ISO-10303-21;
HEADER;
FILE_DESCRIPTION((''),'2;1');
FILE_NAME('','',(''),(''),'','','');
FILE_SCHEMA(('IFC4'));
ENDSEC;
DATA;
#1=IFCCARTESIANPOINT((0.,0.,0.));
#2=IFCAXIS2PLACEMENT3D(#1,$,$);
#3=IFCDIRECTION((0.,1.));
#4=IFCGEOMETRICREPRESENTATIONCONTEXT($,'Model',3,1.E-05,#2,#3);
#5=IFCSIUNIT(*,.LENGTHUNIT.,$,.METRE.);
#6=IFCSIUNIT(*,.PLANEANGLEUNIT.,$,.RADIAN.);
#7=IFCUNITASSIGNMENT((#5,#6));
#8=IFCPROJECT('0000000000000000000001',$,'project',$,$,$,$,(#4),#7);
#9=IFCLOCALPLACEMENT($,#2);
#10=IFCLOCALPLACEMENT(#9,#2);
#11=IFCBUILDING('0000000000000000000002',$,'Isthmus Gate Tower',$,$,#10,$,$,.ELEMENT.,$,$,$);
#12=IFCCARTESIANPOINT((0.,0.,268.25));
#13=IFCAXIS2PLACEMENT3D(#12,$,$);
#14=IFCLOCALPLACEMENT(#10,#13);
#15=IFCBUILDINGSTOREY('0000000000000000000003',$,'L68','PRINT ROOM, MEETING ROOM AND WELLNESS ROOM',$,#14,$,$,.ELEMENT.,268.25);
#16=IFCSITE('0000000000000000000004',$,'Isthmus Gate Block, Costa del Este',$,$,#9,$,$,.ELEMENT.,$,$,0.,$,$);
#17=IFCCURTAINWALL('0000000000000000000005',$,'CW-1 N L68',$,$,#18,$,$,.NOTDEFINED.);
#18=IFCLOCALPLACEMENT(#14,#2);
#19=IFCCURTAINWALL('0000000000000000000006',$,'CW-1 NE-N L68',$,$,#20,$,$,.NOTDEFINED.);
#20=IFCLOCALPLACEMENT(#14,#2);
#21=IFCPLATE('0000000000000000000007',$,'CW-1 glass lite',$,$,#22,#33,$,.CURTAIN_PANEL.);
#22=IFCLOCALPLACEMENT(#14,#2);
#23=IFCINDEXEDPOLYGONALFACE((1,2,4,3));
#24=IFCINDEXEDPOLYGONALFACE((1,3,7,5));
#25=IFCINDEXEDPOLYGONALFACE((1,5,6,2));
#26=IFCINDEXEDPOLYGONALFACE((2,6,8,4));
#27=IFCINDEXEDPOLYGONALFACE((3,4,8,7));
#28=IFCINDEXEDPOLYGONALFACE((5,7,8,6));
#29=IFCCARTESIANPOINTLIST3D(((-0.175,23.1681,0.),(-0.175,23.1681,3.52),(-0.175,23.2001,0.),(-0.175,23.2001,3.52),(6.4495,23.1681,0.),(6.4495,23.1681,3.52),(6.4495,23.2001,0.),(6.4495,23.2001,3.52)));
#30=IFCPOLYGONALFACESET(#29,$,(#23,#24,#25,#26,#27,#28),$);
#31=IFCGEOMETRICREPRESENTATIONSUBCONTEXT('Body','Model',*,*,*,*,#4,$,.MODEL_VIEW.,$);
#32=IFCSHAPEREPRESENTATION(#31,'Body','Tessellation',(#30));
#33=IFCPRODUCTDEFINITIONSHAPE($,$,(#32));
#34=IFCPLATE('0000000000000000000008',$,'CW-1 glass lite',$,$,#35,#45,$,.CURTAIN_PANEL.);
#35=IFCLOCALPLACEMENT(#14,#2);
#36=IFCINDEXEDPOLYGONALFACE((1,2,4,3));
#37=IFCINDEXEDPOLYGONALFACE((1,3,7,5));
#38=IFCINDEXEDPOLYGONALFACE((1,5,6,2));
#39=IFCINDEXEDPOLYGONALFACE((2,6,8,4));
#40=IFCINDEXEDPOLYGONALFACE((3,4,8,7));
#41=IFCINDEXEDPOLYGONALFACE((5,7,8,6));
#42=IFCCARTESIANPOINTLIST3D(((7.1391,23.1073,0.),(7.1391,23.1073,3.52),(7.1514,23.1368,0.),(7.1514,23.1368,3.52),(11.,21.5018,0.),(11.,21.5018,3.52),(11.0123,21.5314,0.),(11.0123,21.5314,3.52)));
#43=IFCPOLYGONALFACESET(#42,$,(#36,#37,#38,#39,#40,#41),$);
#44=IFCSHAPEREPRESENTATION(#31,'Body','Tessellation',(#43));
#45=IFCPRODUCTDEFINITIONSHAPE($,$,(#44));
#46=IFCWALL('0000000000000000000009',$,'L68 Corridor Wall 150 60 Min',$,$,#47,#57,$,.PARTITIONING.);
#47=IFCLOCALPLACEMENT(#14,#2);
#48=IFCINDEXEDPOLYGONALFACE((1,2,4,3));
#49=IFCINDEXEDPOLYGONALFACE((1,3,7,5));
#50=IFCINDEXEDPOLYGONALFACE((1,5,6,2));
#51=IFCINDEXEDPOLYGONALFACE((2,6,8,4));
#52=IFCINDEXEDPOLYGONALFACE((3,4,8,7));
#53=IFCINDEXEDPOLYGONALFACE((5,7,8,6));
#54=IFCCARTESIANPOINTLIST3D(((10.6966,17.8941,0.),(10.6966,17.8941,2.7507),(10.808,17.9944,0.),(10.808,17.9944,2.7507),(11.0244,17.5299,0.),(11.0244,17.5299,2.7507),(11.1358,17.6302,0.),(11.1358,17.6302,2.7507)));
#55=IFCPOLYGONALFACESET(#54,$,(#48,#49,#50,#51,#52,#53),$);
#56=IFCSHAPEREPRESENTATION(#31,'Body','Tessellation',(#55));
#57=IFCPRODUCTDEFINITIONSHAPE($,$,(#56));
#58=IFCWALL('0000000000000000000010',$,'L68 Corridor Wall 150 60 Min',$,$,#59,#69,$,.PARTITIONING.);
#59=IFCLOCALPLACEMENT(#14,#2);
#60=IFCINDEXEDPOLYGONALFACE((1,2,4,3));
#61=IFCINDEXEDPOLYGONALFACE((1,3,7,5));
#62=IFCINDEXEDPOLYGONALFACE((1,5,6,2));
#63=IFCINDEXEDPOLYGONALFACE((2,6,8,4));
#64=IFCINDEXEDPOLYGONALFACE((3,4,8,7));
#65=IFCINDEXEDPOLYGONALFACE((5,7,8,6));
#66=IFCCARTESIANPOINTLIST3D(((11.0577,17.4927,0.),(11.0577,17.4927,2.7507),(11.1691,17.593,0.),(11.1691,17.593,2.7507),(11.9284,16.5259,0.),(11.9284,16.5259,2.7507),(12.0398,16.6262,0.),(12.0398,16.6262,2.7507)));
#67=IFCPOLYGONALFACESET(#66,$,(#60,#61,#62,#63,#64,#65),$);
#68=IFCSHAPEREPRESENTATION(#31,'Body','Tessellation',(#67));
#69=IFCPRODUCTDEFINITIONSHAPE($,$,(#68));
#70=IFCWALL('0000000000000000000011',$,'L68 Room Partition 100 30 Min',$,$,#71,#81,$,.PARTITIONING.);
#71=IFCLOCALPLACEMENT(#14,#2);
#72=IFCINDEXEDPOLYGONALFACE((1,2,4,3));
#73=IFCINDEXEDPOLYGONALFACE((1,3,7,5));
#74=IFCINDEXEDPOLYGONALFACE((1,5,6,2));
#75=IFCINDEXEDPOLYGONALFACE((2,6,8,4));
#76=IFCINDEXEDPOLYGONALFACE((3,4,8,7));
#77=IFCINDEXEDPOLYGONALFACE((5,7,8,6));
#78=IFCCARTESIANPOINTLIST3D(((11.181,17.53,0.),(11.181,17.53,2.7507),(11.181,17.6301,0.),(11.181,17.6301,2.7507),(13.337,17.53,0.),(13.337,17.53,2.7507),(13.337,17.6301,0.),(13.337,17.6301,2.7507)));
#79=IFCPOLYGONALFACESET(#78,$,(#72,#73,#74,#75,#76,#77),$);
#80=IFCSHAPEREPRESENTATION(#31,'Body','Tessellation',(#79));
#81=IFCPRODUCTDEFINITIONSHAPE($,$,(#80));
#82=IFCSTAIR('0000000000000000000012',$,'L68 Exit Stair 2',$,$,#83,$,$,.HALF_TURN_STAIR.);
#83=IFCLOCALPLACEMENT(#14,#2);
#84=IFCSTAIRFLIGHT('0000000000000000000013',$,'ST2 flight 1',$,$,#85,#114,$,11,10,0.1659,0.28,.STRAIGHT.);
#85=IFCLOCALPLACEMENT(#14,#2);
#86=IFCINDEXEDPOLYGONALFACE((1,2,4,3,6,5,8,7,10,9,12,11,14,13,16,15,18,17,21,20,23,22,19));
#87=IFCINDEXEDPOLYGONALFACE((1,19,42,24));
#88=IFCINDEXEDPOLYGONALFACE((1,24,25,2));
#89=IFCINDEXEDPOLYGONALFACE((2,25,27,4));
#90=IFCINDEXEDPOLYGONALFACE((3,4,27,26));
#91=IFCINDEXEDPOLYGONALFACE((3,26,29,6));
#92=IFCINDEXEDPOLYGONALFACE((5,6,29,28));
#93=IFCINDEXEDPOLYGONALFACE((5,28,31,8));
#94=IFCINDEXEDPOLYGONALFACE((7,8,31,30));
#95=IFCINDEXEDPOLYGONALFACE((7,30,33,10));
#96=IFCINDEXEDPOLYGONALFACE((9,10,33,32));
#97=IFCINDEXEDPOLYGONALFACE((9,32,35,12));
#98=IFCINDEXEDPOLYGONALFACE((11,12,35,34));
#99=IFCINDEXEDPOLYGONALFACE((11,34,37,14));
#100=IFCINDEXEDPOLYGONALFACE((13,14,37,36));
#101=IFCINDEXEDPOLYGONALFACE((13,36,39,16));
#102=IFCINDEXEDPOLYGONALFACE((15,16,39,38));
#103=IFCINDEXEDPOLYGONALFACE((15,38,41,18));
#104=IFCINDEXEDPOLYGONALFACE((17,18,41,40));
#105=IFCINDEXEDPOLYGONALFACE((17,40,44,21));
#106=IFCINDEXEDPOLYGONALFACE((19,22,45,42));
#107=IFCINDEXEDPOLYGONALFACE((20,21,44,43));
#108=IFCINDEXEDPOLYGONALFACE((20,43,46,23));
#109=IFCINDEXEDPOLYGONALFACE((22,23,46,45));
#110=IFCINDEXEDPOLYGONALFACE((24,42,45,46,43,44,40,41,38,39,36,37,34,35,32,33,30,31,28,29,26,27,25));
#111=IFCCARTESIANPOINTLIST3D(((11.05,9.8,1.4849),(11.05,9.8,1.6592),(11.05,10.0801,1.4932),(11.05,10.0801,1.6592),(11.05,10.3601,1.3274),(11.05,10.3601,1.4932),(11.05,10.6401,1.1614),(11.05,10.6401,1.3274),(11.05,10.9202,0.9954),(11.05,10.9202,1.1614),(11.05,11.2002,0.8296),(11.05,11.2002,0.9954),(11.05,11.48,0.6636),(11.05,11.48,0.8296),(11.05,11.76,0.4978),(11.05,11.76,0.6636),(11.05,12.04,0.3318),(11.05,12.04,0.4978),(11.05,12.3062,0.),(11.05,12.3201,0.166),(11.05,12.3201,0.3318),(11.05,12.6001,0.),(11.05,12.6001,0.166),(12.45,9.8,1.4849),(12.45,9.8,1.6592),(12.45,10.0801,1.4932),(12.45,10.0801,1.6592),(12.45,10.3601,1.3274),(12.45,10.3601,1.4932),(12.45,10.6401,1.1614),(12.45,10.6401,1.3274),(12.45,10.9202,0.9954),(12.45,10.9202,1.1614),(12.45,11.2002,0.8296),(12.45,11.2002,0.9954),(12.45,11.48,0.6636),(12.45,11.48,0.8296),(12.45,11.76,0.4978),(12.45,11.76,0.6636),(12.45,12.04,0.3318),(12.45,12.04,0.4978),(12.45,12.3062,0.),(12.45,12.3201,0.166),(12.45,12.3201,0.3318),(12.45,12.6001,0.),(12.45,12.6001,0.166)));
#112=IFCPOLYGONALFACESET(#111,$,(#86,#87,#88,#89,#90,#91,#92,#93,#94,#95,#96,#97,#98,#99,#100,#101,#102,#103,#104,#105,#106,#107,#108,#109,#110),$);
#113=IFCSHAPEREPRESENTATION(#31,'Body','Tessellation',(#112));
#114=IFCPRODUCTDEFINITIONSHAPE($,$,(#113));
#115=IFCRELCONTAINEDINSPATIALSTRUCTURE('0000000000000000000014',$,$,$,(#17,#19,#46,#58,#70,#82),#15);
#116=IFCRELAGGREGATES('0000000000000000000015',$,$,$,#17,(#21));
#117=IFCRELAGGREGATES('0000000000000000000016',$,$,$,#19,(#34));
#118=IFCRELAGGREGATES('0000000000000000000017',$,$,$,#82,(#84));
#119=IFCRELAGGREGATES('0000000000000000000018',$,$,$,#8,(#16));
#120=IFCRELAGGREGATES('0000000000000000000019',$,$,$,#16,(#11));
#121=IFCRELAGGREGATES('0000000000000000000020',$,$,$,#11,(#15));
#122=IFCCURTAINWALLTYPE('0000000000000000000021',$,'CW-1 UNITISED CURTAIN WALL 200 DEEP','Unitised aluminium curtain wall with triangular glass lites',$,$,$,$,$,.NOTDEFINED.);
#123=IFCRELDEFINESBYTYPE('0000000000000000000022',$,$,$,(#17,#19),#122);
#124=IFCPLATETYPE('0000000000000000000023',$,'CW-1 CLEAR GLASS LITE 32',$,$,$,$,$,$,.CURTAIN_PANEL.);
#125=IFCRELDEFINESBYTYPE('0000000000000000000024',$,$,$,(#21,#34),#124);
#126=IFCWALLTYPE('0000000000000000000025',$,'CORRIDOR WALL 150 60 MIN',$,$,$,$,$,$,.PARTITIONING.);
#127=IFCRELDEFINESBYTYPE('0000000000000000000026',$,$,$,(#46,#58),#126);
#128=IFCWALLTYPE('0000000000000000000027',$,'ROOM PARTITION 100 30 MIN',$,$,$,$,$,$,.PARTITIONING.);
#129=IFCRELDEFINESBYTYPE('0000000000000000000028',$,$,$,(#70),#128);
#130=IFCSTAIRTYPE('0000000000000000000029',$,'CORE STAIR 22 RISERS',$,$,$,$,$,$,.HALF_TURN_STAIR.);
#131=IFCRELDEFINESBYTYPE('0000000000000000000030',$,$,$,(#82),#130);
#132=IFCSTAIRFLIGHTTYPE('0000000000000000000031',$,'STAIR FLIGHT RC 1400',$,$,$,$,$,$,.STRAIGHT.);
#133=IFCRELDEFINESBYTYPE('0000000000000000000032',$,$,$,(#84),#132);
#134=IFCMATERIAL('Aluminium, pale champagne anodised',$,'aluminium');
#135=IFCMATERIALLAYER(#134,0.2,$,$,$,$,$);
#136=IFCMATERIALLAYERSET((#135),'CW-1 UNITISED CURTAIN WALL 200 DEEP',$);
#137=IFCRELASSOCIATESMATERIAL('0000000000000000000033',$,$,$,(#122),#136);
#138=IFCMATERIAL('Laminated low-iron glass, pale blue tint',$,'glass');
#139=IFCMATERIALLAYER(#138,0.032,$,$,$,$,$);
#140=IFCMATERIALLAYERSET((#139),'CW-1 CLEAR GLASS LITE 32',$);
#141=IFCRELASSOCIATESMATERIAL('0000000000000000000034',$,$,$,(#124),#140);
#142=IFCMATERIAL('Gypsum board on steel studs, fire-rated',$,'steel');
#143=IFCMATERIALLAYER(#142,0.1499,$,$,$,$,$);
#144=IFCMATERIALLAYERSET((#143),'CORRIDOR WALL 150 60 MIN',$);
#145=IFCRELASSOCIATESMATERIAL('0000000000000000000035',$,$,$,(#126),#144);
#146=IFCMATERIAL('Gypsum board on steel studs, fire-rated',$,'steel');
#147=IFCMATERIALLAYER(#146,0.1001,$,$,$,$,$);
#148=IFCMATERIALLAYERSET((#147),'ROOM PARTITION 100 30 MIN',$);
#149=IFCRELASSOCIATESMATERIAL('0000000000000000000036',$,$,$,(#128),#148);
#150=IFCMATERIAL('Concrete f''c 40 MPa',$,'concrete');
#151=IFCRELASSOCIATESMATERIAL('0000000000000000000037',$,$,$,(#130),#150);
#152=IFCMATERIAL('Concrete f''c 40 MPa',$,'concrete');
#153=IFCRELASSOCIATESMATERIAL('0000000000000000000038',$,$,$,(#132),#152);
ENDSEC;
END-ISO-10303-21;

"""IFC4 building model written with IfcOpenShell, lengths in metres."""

from ifc_helpers import new_model, si_unit, direction, frame, frame_2d, origin, origin_2d, place, context, subcontext, project, spatial, polyline, rectangle, outline, extrude, material, layer, layer_set, type_object, element, aggregate, save


model = new_model("IFC4")

# Units and contexts
model_context = context("Model", 3, precision=1e-05, world=origin(), true_north=direction((0.0, 1.0)))
body_context = subcontext(model_context, "Body", "Model", "MODEL_VIEW")
ifc_project = project(units=[si_unit("LENGTHUNIT", "METRE"), si_unit("PLANEANGLEUNIT", "RADIAN")], contexts=[model_context])

# Site, building, storey
site_placement = place(None, origin())
site = spatial("IfcSite", under=ifc_project, at=site_placement, Name="Isthmus Gate Block, Costa del Este", CompositionType="ELEMENT", RefElevation=0.0)
building_placement = place(site_placement, origin())
building = spatial("IfcBuilding", under=site, at=building_placement, Name="Isthmus Gate Tower", CompositionType="ELEMENT")
storey_placement = place(building_placement, frame((0.0, 0.0, 268.25)))
storey = spatial("IfcBuildingStorey", under=building, at=storey_placement, Name="L68", Description="PRINT ROOM, MEETING ROOM AND WELLNESS ROOM", CompositionType="ELEMENT", Elevation=268.25)

# Curtain walls
ifc_material_1 = material(Name="Aluminium, pale champagne anodised", Category="aluminium")
ifc_layer_1 = layer(ifc_material_1, 0.2)
ifc_layer_set_1 = layer_set([ifc_layer_1], Name="CW-1 UNITISED CURTAIN WALL 200 DEEP")
curtain_wall_type = type_object("IfcCurtainWallType", Name="CW-1 UNITISED CURTAIN WALL 200 DEEP", Description="Unitised aluminium curtain wall with triangular glass lites", PredefinedType="NOTDEFINED", material=ifc_layer_set_1)
curtain_wall_1_placement = place(storey_placement, origin())
curtain_wall_1 = element("IfcCurtainWall", 1, at=curtain_wall_1_placement, inside=storey, type_object=curtain_wall_type, Name="CW-1 N L68", PredefinedType="NOTDEFINED")
curtain_wall_2_placement = place(storey_placement, origin())
curtain_wall_2 = element("IfcCurtainWall", 2, at=curtain_wall_2_placement, inside=storey, type_object=curtain_wall_type, Name="CW-1 NE-N L68", PredefinedType="NOTDEFINED")

# Plates
ifc_material_2 = material(Name="Laminated low-iron glass, pale blue tint", Category="glass")
ifc_layer_2 = layer(ifc_material_2, 0.032)
ifc_layer_set_2 = layer_set([ifc_layer_2], Name="CW-1 CLEAR GLASS LITE 32")
plate_type = type_object("IfcPlateType", Name="CW-1 CLEAR GLASS LITE 32", PredefinedType="CURTAIN_PANEL", material=ifc_layer_set_2)
plate_1_placement = place(storey_placement, frame((3.1372, 23.1841, 0.0), z_axis=(0.0, 0.0, 1.0), x_axis=(-1.0, 0.0, 0.0)))
plate_1 = element("IfcPlate", 3, at=plate_1_placement, type_object=plate_type, Name="CW-1 glass lite", PredefinedType="CURTAIN_PANEL", context=body_context, shape_type="SweptSolid", body=[
    extrude(rectangle(XDim=6.6245, YDim=0.032, at=origin_2d()), origin(), (0.0, 0.0, 1.0), 3.52),
])
aggregate(curtain_wall_1, [plate_1])
plate_2_placement = place(storey_placement, frame((9.0757, 22.3193, 0.0), z_axis=(0.0, 0.0, 1.0), x_axis=(-0.923353, 0.383952, 0.0)))
plate_2 = element("IfcPlate", 4, at=plate_2_placement, type_object=plate_type, Name="CW-1 glass lite", PredefinedType="CURTAIN_PANEL", context=body_context, shape_type="SweptSolid", body=[
    extrude(rectangle(XDim=4.1814, YDim=0.032, at=origin_2d()), origin(), (0.0, 0.0, 1.0), 3.52),
])
aggregate(curtain_wall_2, [plate_2])

# Walls
ifc_material_3 = material(Name="Gypsum board on steel studs, fire-rated", Category="steel")
ifc_layer_3 = layer(ifc_material_3, 0.1499)
ifc_layer_set_3 = layer_set([ifc_layer_3], Name="CORRIDOR WALL 150 60 MIN")
wall_type_1 = type_object("IfcWallType", Name="CORRIDOR WALL 150 60 MIN", PredefinedType="PARTITIONING", material=ifc_layer_set_3)
wall_1_placement = place(storey_placement, frame((10.7522, 17.9443, 0.0), z_axis=(0.0, 0.0, 1.0), x_axis=(0.66902, -0.743245, 0.0)))
element("IfcWall", 5, at=wall_1_placement, inside=storey, type_object=wall_type_1, Name="L68 Corridor Wall 150 60 Min", PredefinedType="PARTITIONING", context=body_context, shape_type="SweptSolid", body=[
    extrude(rectangle(XDim=0.49, YDim=0.1499, at=frame_2d((0.2451, 0.0))), origin(), (0.0, 0.0, 1.0), 2.7507),
])
wall_2_placement = place(storey_placement, frame((11.1135, 17.5427, 0.0), z_axis=(0.0, 0.0, 1.0), x_axis=(0.669172, -0.743108, 0.0)))
element("IfcWall", 6, at=wall_2_placement, inside=storey, type_object=wall_type_1, Name="L68 Corridor Wall 150 60 Min", PredefinedType="PARTITIONING", context=body_context, shape_type="SweptSolid", body=[
    extrude(rectangle(XDim=1.301, YDim=0.1499, at=frame_2d((0.6504, 0.0))), origin(), (0.0, 0.0, 1.0), 2.7507),
])
ifc_material_4 = material(Name="Gypsum board on steel studs, fire-rated", Category="steel")
ifc_layer_4 = layer(ifc_material_4, 0.1001)
ifc_layer_set_4 = layer_set([ifc_layer_4], Name="ROOM PARTITION 100 30 MIN")
wall_type_2 = type_object("IfcWallType", Name="ROOM PARTITION 100 30 MIN", PredefinedType="PARTITIONING", material=ifc_layer_set_4)
wall_3_placement = place(storey_placement, frame((11.1809, 17.5801, 0.0), z_axis=(0.0, 0.0, 1.0), x_axis=(1.0, 0.0, 0.0)))
element("IfcWall", 7, at=wall_3_placement, inside=storey, type_object=wall_type_2, Name="L68 Room Partition 100 30 Min", PredefinedType="PARTITIONING", context=body_context, shape_type="SweptSolid", body=[
    extrude(rectangle(XDim=2.156, YDim=0.1001, at=frame_2d((1.0781, 0.0))), origin(), (0.0, 0.0, 1.0), 2.7507),
])

# Stair, stair flight
ifc_material_5 = material(Name="Concrete f'c 40 MPa", Category="concrete")
stair_type = type_object("IfcStairType", Name="CORE STAIR 22 RISERS", PredefinedType="HALF_TURN_STAIR", material=ifc_material_5)
stair_placement = place(storey_placement, origin())
stair = element("IfcStair", 8, at=stair_placement, inside=storey, type_object=stair_type, Name="L68 Exit Stair 2", PredefinedType="HALF_TURN_STAIR")
ifc_material_6 = material(Name="Concrete f'c 40 MPa", Category="concrete")
stair_flight_type = type_object("IfcStairFlightType", Name="STAIR FLIGHT RC 1400", PredefinedType="STRAIGHT", material=ifc_material_6)
stair_flight_placement = place(storey_placement, frame((11.75, 12.6001, 0.0), z_axis=(0.0, 0.0, 1.0), x_axis=(0.0, -1.0, 0.0)))
stair_flight = element("IfcStairFlight", 9, at=stair_flight_placement, type_object=stair_flight_type, Name="ST2 flight 1", NumberOfRisers=11, NumberOfTreads=10, PredefinedType="STRAIGHT", RiserHeight=0.1659, TreadLength=0.28, context=body_context, shape_type="SweptSolid", body=[
    extrude(outline(polyline([(0.0, 0.0), (0.0, 0.166), (0.28, 0.166), (0.28, 0.3318), (0.5601, 0.3318), (0.5601, 0.4978), (0.8401, 0.4978), (0.8401, 0.6636), (1.1201, 0.6636), (1.1201, 0.8296), (1.3999, 0.8296), (1.3999, 0.9954), (1.6799, 0.9954), (1.6799, 1.1614), (1.96, 1.1614), (1.96, 1.3274), (2.24, 1.3274), (2.24, 1.4932), (2.52, 1.4932), (2.52, 1.6592), (2.8, 1.6592), (2.8, 1.825), (2.8, 1.4849), (0.2939, 0.0), (0.0, 0.0)])), frame((0.0, 0.7, 0.0), z_axis=(0.0, -1.0, 0.0), x_axis=(1.0, 0.0, 0.0)), (0.0, 0.0, 1.0), 1.3999),
])
aggregate(stair, [stair_flight])

save(model, "model.ifc")
